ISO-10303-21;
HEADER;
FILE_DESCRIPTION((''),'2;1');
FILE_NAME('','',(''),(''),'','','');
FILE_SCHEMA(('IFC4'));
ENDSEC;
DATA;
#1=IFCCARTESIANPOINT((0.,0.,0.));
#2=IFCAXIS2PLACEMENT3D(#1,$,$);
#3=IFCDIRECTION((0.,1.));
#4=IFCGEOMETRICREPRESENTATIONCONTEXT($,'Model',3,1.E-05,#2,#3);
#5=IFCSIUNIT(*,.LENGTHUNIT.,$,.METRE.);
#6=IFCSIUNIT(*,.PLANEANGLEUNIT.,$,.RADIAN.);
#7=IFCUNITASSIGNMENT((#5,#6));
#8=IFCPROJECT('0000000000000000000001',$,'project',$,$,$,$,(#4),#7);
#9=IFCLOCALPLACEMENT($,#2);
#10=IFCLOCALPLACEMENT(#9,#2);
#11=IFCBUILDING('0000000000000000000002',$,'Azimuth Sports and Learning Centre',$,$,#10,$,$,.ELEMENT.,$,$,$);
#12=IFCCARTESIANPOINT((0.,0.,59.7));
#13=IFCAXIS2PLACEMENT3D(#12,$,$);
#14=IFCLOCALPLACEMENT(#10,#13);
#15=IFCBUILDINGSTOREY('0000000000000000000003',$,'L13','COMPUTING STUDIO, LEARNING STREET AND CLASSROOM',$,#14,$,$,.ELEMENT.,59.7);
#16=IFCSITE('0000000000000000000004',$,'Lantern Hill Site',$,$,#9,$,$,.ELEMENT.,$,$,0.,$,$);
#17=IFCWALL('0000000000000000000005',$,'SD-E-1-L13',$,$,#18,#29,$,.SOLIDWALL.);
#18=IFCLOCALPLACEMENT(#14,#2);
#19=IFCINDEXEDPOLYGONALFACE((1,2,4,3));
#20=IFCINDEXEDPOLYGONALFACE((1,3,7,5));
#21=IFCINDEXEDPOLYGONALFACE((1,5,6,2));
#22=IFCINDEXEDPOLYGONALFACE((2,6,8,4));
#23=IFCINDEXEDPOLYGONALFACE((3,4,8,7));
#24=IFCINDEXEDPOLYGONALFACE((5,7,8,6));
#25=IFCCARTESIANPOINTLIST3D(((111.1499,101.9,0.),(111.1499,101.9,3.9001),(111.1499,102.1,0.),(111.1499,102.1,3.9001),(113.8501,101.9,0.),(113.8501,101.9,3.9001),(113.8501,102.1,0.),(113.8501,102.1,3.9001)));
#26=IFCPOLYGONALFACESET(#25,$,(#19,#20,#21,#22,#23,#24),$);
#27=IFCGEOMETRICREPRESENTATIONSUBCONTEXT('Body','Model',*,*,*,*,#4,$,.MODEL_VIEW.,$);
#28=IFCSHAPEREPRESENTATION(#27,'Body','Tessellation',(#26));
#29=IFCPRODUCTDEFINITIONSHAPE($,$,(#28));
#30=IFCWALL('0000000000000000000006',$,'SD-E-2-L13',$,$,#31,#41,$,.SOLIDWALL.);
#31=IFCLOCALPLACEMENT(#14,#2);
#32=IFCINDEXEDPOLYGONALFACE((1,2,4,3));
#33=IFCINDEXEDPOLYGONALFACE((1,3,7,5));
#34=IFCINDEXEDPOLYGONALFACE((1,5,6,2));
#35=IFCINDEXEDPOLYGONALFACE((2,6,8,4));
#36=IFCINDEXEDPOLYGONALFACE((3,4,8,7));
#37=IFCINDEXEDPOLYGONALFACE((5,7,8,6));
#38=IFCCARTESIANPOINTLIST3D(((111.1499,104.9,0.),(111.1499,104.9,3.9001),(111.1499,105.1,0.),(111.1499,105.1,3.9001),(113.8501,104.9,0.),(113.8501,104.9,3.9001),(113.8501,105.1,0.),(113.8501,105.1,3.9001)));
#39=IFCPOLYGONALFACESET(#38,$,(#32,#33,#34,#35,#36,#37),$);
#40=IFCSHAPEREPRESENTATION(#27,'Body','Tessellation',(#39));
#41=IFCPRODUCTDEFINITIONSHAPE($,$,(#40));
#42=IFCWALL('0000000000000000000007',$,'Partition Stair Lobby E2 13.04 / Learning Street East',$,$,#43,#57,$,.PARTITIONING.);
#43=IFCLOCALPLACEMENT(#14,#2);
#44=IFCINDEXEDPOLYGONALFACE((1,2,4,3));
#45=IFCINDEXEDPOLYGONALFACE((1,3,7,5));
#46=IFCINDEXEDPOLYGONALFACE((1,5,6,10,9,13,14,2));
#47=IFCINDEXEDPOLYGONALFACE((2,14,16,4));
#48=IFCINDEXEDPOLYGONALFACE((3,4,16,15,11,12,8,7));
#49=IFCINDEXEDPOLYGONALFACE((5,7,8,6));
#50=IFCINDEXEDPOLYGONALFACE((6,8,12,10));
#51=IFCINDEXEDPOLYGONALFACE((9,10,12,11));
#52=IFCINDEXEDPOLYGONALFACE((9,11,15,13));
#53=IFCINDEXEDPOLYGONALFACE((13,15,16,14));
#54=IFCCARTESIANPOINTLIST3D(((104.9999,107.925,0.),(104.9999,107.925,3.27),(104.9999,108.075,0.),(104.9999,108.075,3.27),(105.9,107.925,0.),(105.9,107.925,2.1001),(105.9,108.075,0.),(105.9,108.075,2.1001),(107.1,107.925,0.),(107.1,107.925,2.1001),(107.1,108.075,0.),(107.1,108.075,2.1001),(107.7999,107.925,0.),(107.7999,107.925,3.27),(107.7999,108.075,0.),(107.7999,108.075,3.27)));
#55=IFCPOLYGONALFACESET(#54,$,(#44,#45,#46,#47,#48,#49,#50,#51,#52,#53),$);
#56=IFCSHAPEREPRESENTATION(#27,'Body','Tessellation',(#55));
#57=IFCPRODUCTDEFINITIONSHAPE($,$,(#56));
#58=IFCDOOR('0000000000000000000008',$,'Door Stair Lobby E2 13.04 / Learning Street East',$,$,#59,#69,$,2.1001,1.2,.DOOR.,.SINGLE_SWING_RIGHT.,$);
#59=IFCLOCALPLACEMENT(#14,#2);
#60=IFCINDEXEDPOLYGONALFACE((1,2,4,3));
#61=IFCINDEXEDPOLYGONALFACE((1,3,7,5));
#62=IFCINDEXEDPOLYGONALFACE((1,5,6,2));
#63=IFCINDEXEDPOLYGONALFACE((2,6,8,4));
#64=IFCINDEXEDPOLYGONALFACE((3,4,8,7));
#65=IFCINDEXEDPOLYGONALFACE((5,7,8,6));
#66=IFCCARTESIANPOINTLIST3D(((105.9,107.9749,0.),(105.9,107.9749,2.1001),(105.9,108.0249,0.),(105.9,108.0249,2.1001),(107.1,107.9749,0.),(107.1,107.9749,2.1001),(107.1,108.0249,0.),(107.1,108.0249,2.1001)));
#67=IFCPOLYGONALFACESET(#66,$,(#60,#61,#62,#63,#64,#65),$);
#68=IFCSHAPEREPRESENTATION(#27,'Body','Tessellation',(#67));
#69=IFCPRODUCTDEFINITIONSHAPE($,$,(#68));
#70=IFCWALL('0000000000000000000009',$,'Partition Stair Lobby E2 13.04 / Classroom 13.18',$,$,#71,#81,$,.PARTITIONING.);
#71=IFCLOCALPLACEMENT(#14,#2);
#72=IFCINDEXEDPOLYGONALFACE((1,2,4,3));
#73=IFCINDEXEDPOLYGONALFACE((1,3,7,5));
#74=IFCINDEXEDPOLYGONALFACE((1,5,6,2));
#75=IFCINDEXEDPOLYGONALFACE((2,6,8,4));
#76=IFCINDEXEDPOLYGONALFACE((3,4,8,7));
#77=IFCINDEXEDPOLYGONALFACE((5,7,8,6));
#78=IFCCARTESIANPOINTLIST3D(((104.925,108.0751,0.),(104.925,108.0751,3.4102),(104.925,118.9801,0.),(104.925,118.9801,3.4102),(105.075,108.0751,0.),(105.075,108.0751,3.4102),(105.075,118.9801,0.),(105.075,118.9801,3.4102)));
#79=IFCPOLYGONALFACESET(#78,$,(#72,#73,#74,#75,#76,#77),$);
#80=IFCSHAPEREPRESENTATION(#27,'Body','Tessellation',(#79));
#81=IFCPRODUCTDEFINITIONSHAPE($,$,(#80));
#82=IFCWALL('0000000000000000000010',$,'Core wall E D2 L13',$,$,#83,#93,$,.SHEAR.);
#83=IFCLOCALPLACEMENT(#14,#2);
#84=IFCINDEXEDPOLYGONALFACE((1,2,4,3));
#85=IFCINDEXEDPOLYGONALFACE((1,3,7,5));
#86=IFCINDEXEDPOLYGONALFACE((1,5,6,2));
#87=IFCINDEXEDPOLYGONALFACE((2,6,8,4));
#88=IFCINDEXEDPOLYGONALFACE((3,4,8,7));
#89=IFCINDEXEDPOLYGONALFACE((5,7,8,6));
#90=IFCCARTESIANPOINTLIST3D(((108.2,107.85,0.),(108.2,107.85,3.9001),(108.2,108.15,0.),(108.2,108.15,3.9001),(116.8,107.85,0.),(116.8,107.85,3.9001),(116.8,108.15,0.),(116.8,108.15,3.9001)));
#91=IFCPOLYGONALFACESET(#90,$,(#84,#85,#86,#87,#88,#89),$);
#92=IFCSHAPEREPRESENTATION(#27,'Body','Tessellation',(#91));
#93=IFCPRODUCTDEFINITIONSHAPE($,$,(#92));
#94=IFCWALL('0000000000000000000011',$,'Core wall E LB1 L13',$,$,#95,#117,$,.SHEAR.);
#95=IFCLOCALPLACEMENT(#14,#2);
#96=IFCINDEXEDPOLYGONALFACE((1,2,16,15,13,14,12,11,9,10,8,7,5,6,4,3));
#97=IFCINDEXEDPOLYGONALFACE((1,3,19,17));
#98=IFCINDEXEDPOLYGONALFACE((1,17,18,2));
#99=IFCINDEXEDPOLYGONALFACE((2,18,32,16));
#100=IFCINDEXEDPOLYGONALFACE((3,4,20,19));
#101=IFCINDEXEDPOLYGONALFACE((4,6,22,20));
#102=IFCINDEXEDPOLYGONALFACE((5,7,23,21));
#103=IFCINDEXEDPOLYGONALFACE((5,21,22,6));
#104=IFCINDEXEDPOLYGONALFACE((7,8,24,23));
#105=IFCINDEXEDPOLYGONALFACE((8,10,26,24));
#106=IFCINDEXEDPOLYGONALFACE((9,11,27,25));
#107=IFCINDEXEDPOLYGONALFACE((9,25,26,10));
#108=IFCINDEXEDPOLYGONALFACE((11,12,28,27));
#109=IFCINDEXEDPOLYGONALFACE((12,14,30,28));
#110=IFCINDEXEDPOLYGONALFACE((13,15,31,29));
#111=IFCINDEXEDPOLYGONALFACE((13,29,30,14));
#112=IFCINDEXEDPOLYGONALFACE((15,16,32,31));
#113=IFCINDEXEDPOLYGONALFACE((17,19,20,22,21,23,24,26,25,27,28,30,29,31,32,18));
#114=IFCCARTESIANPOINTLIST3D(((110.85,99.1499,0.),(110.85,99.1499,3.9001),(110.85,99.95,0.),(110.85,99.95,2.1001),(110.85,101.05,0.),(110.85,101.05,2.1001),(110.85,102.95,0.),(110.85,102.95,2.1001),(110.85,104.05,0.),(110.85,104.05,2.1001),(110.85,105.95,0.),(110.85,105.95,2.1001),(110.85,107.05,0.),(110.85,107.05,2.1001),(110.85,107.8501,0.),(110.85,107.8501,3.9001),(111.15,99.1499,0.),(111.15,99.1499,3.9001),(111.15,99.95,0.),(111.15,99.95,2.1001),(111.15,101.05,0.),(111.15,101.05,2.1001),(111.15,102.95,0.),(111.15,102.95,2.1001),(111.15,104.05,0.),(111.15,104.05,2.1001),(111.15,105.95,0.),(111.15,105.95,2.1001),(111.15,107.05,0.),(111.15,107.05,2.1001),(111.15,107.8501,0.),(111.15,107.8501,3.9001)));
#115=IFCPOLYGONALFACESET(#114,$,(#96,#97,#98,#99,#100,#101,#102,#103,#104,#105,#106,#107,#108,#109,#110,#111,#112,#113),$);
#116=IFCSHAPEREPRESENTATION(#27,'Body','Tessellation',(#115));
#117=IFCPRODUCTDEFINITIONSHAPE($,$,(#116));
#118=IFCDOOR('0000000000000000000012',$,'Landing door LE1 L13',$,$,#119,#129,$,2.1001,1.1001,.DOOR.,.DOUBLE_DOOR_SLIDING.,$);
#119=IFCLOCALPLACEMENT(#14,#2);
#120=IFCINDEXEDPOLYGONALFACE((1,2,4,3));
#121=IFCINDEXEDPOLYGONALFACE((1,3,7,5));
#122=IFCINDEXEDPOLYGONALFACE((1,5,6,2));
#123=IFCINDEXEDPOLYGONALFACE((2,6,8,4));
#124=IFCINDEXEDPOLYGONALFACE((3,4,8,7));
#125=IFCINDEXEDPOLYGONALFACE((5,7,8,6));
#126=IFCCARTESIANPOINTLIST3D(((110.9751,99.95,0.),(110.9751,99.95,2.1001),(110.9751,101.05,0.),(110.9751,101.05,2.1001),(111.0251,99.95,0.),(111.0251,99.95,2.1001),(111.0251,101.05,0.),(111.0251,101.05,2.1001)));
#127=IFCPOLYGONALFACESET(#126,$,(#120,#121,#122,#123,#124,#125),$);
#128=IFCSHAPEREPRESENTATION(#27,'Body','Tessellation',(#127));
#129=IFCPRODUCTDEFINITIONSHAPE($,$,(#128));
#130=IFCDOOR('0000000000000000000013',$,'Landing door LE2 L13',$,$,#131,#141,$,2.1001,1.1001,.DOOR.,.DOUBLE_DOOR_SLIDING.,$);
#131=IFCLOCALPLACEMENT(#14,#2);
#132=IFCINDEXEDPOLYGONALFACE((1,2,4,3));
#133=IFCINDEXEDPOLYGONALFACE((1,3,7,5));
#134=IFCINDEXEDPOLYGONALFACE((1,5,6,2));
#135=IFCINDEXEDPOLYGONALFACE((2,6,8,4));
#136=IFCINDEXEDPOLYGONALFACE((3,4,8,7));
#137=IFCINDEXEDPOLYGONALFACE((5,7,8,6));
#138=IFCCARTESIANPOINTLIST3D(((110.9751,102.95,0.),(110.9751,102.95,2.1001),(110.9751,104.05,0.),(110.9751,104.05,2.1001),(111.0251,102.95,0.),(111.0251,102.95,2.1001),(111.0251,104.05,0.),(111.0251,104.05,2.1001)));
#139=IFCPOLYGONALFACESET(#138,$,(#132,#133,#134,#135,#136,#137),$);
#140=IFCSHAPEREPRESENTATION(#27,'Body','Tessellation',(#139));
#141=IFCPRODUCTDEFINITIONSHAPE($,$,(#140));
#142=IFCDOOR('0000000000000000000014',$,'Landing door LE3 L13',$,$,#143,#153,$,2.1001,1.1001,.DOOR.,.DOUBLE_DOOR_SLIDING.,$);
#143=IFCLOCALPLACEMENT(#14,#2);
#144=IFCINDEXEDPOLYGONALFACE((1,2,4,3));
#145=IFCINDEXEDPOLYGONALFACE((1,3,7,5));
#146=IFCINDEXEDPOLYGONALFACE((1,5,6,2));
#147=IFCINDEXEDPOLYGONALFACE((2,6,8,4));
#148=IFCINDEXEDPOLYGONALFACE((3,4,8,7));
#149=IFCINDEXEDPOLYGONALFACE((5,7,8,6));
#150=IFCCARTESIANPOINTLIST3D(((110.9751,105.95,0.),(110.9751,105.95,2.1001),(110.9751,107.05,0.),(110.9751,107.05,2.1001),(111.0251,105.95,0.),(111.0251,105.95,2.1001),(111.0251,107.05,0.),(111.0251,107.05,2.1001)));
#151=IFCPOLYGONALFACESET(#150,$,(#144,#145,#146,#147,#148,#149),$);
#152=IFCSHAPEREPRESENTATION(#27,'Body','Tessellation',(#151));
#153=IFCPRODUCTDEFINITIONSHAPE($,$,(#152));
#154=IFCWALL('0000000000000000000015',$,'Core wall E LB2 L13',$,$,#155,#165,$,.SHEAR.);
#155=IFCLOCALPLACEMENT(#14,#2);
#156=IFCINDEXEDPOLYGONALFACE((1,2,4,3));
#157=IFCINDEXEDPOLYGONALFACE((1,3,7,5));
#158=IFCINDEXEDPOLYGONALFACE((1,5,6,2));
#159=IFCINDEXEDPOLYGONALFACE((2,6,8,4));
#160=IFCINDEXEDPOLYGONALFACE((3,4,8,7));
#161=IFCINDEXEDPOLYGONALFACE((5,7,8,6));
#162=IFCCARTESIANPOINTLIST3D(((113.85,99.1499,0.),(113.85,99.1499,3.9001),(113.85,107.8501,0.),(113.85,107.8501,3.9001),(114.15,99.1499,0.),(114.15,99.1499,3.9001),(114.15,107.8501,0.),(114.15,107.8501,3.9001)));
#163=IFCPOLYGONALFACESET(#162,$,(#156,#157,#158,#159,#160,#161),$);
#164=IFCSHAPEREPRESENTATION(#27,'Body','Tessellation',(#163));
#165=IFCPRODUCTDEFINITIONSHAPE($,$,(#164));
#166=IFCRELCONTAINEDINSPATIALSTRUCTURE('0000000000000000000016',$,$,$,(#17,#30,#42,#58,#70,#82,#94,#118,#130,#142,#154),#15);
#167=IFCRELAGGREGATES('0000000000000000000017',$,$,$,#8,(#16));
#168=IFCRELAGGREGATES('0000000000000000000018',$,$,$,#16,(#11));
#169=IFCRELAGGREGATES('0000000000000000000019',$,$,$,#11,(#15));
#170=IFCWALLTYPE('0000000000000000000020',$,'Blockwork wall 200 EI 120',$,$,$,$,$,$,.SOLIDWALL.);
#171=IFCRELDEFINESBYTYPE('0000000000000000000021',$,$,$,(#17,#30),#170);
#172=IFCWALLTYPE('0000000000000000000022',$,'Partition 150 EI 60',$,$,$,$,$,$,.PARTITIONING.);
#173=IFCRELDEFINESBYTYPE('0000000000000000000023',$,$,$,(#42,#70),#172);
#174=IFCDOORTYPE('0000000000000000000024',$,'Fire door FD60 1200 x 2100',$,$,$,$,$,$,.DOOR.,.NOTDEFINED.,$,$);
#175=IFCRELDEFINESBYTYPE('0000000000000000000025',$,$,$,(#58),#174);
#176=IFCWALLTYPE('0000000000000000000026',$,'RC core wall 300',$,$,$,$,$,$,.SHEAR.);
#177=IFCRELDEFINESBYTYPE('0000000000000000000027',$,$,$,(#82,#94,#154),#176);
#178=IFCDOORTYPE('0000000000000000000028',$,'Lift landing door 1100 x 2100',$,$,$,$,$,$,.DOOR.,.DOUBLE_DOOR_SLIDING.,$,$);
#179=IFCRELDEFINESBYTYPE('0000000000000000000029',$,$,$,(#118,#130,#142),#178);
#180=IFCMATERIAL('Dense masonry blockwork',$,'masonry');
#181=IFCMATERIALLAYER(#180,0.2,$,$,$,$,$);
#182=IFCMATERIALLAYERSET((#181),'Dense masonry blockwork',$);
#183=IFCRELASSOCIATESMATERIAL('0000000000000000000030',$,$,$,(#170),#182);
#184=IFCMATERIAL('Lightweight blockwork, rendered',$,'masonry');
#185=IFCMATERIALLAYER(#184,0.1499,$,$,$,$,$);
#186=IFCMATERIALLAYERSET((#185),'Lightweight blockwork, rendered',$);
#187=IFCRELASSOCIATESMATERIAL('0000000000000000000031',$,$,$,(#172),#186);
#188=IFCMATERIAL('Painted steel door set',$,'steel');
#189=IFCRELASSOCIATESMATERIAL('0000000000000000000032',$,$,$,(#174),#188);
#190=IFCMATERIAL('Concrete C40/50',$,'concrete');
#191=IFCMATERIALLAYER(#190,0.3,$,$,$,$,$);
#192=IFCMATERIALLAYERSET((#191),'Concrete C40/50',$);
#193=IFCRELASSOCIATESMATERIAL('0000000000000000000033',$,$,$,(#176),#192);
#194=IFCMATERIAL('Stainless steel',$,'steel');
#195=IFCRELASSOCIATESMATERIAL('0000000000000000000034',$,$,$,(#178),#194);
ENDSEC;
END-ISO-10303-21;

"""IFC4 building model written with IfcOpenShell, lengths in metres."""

from ifc_helpers import new_model, si_unit, direction, frame, frame_2d, origin, place, context, subcontext, project, spatial, rectangle, extrude, material, layer, layer_set, type_object, element, fill, save


model = new_model("IFC4")

# Units and contexts
model_context = context("Model", 3, precision=1e-05, world=origin(), true_north=direction((0.0, 1.0)))
body_context = subcontext(model_context, "Body", "Model", "MODEL_VIEW")
ifc_project = project(units=[si_unit("LENGTHUNIT", "METRE"), si_unit("PLANEANGLEUNIT", "RADIAN")], contexts=[model_context])

# Site, building, storey
site_placement = place(None, origin())
site = spatial("IfcSite", under=ifc_project, at=site_placement, Name="Lantern Hill Site", CompositionType="ELEMENT", RefElevation=0.0)
building_placement = place(site_placement, origin())
building = spatial("IfcBuilding", under=site, at=building_placement, Name="Azimuth Sports and Learning Centre", CompositionType="ELEMENT")
storey_placement = place(building_placement, frame((0.0, 0.0, 59.7)))
storey = spatial("IfcBuildingStorey", under=building, at=storey_placement, Name="L13", Description="COMPUTING STUDIO, LEARNING STREET AND CLASSROOM", CompositionType="ELEMENT", Elevation=59.7)

# Walls
ifc_material_1 = material(Name="Dense masonry blockwork", Category="masonry")
ifc_layer_1 = layer(ifc_material_1, 0.2)
ifc_layer_set_1 = layer_set([ifc_layer_1], Name="Dense masonry blockwork")
wall_type_1 = type_object("IfcWallType", Name="Blockwork wall 200 EI 120", PredefinedType="SOLIDWALL", material=ifc_layer_set_1)
for number, where, z_axis, x_axis, name in (
    (1, (111.1499, 102.0, 0.0), (0.0, 0.0, 1.0), (1.0, 0.0, 0.0), "SD-E-1-L13"),
    (2, (111.1499, 105.0, 0.0), (0.0, 0.0, 1.0), (1.0, 0.0, 0.0), "SD-E-2-L13"),
):
    element("IfcWall", number, at=place(storey_placement, frame(where, z_axis=z_axis, x_axis=x_axis)), inside=storey, type_object=wall_type_1, Name=name, PredefinedType="SOLIDWALL", context=body_context, shape_type="SweptSolid", body=[
        extrude(rectangle(XDim=2.7002, YDim=0.2, at=frame_2d((1.3501, 0.0))), origin(), (0.0, 0.0, 1.0), 3.9001),
    ])

# Wall, opening, door
ifc_material_2 = material(Name="Lightweight blockwork, rendered", Category="masonry")
ifc_layer_2 = layer(ifc_material_2, 0.1499)
ifc_layer_set_2 = layer_set([ifc_layer_2], Name="Lightweight blockwork, rendered")
wall_type_2 = type_object("IfcWallType", Name="Partition 150 EI 60", PredefinedType="PARTITIONING", material=ifc_layer_set_2)
wall_1_placement = place(storey_placement, frame((105.0, 108.0, 0.0), z_axis=(0.0, 0.0, 1.0), x_axis=(1.0, 0.0, 0.0)))
wall_1 = element("IfcWall", 3, at=wall_1_placement, inside=storey, type_object=wall_type_2, Name="Partition Stair Lobby E2 13.04 / Learning Street East", PredefinedType="PARTITIONING", context=body_context, shape_type="SweptSolid", body=[
    extrude(rectangle(XDim=2.8, YDim=0.1499, at=frame_2d((1.3999, 0.0))), origin(), (0.0, 0.0, 1.0), 3.27),
])
opening_1_placement = place(wall_1_placement, frame((0.8999, 0.0, 0.0)))
opening_1 = element("IfcOpeningElement", 4, at=opening_1_placement, cuts=wall_1, PredefinedType="OPENING", context=body_context, shape_type="SweptSolid", body=[
    extrude(rectangle(XDim=1.2, YDim=2.1001, at=frame_2d((0.6001, 1.05))), frame((0.0, 0.0859, 0.0), z_axis=(0.0, -1.0, 0.0), x_axis=(1.0, 0.0, 0.0)), (0.0, 0.0, 1.0), 0.1719),
])
ifc_material_3 = material(Name="Painted steel door set", Category="steel")
door_type_1 = type_object("IfcDoorType", Name="Fire door FD60 1200 x 2100", OperationType="NOTDEFINED", PredefinedType="DOOR", material=ifc_material_3)
door_1_placement = place(opening_1_placement, origin())
door_1 = element("IfcDoor", 5, at=door_1_placement, inside=storey, type_object=door_type_1, Name="Door Stair Lobby E2 13.04 / Learning Street East", OperationType="SINGLE_SWING_RIGHT", OverallHeight=2.1001, OverallWidth=1.2, PredefinedType="DOOR", context=body_context, shape_type="SweptSolid", body=[
    extrude(rectangle(XDim=1.2, YDim=2.1001, at=frame_2d((0.6001, 1.05))), frame((0.0, 0.0249, 0.0), z_axis=(0.0, -1.0, 0.0), x_axis=(1.0, 0.0, 0.0)), (0.0, 0.0, 1.0), 0.05),
])
fill(opening_1, door_1)

# Walls
wall_2_placement = place(storey_placement, frame((105.0, 108.075, 0.0), z_axis=(0.0, 0.0, 1.0), x_axis=(0.0, 1.0, 0.0)))
element("IfcWall", 6, at=wall_2_placement, inside=storey, type_object=wall_type_2, Name="Partition Stair Lobby E2 13.04 / Classroom 13.18", PredefinedType="PARTITIONING", context=body_context, shape_type="SweptSolid", body=[
    extrude(rectangle(XDim=10.905, YDim=0.1499, at=frame_2d((5.4526, 0.0))), origin(), (0.0, 0.0, 1.0), 3.4102),
])
ifc_material_4 = material(Name="Concrete C40/50", Category="concrete")
ifc_layer_3 = layer(ifc_material_4, 0.3)
ifc_layer_set_3 = layer_set([ifc_layer_3], Name="Concrete C40/50")
wall_type_3 = type_object("IfcWallType", Name="RC core wall 300", PredefinedType="SHEAR", material=ifc_layer_set_3)
wall_3_placement = place(storey_placement, frame((108.2, 108.0, 0.0), z_axis=(0.0, 0.0, 1.0), x_axis=(1.0, 0.0, 0.0)))
element("IfcWall", 7, at=wall_3_placement, inside=storey, type_object=wall_type_3, Name="Core wall E D2 L13", PredefinedType="SHEAR", context=body_context, shape_type="SweptSolid", body=[
    extrude(rectangle(XDim=8.6001, YDim=0.3, at=frame_2d((4.3, 0.0))), origin(), (0.0, 0.0, 1.0), 3.9001),
])

# Wall, openings, doors
wall_4_placement = place(storey_placement, frame((111.0, 99.1499, 0.0), z_axis=(0.0, 0.0, 1.0), x_axis=(0.0, 1.0, 0.0)))
wall_4 = element("IfcWall", 8, at=wall_4_placement, inside=storey, type_object=wall_type_3, Name="Core wall E LB1 L13", PredefinedType="SHEAR", context=body_context, shape_type="SweptSolid", body=[
    extrude(rectangle(XDim=8.7002, YDim=0.3, at=frame_2d((4.3501, 0.0))), origin(), (0.0, 0.0, 1.0), 3.9001),
])
opening_2_placement = place(wall_4_placement, frame((0.8, 0.0, 0.0)))
opening_2 = element("IfcOpeningElement", 9, at=opening_2_placement, cuts=wall_4, PredefinedType="OPENING", context=body_context, shape_type="SweptSolid", body=[
    extrude(rectangle(XDim=1.1001, YDim=2.1001, at=frame_2d((0.55, 1.05))), frame((0.0, 0.1611, 0.0), z_axis=(0.0, -1.0, 0.0), x_axis=(1.0, 0.0, 0.0)), (0.0, 0.0, 1.0), 0.322),
])
opening_3_placement = place(wall_4_placement, frame((3.8, 0.0, 0.0)))
opening_3 = element("IfcOpeningElement", 10, at=opening_3_placement, cuts=wall_4, PredefinedType="OPENING", context=body_context, shape_type="SweptSolid", body=[
    extrude(rectangle(XDim=1.1001, YDim=2.1001, at=frame_2d((0.55, 1.05))), frame((0.0, 0.1611, 0.0), z_axis=(0.0, -1.0, 0.0), x_axis=(1.0, 0.0, 0.0)), (0.0, 0.0, 1.0), 0.322),
])
opening_4_placement = place(wall_4_placement, frame((6.8, 0.0, 0.0)))
opening_4 = element("IfcOpeningElement", 11, at=opening_4_placement, cuts=wall_4, PredefinedType="OPENING", context=body_context, shape_type="SweptSolid", body=[
    extrude(rectangle(XDim=1.1001, YDim=2.1001, at=frame_2d((0.55, 1.05))), frame((0.0, 0.1611, 0.0), z_axis=(0.0, -1.0, 0.0), x_axis=(1.0, 0.0, 0.0)), (0.0, 0.0, 1.0), 0.322),
])
ifc_material_5 = material(Name="Stainless steel", Category="steel")
door_type_2 = type_object("IfcDoorType", Name="Lift landing door 1100 x 2100", OperationType="DOUBLE_DOOR_SLIDING", PredefinedType="DOOR", material=ifc_material_5)
door_2_placement = place(opening_2_placement, origin())
door_2 = element("IfcDoor", 12, at=door_2_placement, inside=storey, type_object=door_type_2, Name="Landing door LE1 L13", OperationType="DOUBLE_DOOR_SLIDING", OverallHeight=2.1001, OverallWidth=1.1001, PredefinedType="DOOR", context=body_context, shape_type="SweptSolid", body=[
    extrude(rectangle(XDim=1.1001, YDim=2.1001, at=frame_2d((0.55, 1.05))), frame((0.0, 0.0249, 0.0), z_axis=(0.0, -1.0, 0.0), x_axis=(1.0, 0.0, 0.0)), (0.0, 0.0, 1.0), 0.05),
])
fill(opening_2, door_2)
door_3_placement = place(opening_3_placement, origin())
door_3 = element("IfcDoor", 13, at=door_3_placement, inside=storey, type_object=door_type_2, Name="Landing door LE2 L13", OperationType="DOUBLE_DOOR_SLIDING", OverallHeight=2.1001, OverallWidth=1.1001, PredefinedType="DOOR", context=body_context, shape_type="SweptSolid", body=[
    extrude(rectangle(XDim=1.1001, YDim=2.1001, at=frame_2d((0.55, 1.05))), frame((0.0, 0.0249, 0.0), z_axis=(0.0, -1.0, 0.0), x_axis=(1.0, 0.0, 0.0)), (0.0, 0.0, 1.0), 0.05),
])
fill(opening_3, door_3)
door_4_placement = place(opening_4_placement, origin())
door_4 = element("IfcDoor", 14, at=door_4_placement, inside=storey, type_object=door_type_2, Name="Landing door LE3 L13", OperationType="DOUBLE_DOOR_SLIDING", OverallHeight=2.1001, OverallWidth=1.1001, PredefinedType="DOOR", context=body_context, shape_type="SweptSolid", body=[
    extrude(rectangle(XDim=1.1001, YDim=2.1001, at=frame_2d((0.55, 1.05))), frame((0.0, 0.0249, 0.0), z_axis=(0.0, -1.0, 0.0), x_axis=(1.0, 0.0, 0.0)), (0.0, 0.0, 1.0), 0.05),
])
fill(opening_4, door_4)

# Wall
wall_5_placement = place(storey_placement, frame((114.0, 99.1499, 0.0), z_axis=(0.0, 0.0, 1.0), x_axis=(0.0, 1.0, 0.0)))
element("IfcWall", 15, at=wall_5_placement, inside=storey, type_object=wall_type_3, Name="Core wall E LB2 L13", PredefinedType="SHEAR", context=body_context, shape_type="SweptSolid", body=[
    extrude(rectangle(XDim=8.7002, YDim=0.3, at=frame_2d((4.3501, 0.0))), origin(), (0.0, 0.0, 1.0), 3.9001),
])

save(model, "model.ifc")
